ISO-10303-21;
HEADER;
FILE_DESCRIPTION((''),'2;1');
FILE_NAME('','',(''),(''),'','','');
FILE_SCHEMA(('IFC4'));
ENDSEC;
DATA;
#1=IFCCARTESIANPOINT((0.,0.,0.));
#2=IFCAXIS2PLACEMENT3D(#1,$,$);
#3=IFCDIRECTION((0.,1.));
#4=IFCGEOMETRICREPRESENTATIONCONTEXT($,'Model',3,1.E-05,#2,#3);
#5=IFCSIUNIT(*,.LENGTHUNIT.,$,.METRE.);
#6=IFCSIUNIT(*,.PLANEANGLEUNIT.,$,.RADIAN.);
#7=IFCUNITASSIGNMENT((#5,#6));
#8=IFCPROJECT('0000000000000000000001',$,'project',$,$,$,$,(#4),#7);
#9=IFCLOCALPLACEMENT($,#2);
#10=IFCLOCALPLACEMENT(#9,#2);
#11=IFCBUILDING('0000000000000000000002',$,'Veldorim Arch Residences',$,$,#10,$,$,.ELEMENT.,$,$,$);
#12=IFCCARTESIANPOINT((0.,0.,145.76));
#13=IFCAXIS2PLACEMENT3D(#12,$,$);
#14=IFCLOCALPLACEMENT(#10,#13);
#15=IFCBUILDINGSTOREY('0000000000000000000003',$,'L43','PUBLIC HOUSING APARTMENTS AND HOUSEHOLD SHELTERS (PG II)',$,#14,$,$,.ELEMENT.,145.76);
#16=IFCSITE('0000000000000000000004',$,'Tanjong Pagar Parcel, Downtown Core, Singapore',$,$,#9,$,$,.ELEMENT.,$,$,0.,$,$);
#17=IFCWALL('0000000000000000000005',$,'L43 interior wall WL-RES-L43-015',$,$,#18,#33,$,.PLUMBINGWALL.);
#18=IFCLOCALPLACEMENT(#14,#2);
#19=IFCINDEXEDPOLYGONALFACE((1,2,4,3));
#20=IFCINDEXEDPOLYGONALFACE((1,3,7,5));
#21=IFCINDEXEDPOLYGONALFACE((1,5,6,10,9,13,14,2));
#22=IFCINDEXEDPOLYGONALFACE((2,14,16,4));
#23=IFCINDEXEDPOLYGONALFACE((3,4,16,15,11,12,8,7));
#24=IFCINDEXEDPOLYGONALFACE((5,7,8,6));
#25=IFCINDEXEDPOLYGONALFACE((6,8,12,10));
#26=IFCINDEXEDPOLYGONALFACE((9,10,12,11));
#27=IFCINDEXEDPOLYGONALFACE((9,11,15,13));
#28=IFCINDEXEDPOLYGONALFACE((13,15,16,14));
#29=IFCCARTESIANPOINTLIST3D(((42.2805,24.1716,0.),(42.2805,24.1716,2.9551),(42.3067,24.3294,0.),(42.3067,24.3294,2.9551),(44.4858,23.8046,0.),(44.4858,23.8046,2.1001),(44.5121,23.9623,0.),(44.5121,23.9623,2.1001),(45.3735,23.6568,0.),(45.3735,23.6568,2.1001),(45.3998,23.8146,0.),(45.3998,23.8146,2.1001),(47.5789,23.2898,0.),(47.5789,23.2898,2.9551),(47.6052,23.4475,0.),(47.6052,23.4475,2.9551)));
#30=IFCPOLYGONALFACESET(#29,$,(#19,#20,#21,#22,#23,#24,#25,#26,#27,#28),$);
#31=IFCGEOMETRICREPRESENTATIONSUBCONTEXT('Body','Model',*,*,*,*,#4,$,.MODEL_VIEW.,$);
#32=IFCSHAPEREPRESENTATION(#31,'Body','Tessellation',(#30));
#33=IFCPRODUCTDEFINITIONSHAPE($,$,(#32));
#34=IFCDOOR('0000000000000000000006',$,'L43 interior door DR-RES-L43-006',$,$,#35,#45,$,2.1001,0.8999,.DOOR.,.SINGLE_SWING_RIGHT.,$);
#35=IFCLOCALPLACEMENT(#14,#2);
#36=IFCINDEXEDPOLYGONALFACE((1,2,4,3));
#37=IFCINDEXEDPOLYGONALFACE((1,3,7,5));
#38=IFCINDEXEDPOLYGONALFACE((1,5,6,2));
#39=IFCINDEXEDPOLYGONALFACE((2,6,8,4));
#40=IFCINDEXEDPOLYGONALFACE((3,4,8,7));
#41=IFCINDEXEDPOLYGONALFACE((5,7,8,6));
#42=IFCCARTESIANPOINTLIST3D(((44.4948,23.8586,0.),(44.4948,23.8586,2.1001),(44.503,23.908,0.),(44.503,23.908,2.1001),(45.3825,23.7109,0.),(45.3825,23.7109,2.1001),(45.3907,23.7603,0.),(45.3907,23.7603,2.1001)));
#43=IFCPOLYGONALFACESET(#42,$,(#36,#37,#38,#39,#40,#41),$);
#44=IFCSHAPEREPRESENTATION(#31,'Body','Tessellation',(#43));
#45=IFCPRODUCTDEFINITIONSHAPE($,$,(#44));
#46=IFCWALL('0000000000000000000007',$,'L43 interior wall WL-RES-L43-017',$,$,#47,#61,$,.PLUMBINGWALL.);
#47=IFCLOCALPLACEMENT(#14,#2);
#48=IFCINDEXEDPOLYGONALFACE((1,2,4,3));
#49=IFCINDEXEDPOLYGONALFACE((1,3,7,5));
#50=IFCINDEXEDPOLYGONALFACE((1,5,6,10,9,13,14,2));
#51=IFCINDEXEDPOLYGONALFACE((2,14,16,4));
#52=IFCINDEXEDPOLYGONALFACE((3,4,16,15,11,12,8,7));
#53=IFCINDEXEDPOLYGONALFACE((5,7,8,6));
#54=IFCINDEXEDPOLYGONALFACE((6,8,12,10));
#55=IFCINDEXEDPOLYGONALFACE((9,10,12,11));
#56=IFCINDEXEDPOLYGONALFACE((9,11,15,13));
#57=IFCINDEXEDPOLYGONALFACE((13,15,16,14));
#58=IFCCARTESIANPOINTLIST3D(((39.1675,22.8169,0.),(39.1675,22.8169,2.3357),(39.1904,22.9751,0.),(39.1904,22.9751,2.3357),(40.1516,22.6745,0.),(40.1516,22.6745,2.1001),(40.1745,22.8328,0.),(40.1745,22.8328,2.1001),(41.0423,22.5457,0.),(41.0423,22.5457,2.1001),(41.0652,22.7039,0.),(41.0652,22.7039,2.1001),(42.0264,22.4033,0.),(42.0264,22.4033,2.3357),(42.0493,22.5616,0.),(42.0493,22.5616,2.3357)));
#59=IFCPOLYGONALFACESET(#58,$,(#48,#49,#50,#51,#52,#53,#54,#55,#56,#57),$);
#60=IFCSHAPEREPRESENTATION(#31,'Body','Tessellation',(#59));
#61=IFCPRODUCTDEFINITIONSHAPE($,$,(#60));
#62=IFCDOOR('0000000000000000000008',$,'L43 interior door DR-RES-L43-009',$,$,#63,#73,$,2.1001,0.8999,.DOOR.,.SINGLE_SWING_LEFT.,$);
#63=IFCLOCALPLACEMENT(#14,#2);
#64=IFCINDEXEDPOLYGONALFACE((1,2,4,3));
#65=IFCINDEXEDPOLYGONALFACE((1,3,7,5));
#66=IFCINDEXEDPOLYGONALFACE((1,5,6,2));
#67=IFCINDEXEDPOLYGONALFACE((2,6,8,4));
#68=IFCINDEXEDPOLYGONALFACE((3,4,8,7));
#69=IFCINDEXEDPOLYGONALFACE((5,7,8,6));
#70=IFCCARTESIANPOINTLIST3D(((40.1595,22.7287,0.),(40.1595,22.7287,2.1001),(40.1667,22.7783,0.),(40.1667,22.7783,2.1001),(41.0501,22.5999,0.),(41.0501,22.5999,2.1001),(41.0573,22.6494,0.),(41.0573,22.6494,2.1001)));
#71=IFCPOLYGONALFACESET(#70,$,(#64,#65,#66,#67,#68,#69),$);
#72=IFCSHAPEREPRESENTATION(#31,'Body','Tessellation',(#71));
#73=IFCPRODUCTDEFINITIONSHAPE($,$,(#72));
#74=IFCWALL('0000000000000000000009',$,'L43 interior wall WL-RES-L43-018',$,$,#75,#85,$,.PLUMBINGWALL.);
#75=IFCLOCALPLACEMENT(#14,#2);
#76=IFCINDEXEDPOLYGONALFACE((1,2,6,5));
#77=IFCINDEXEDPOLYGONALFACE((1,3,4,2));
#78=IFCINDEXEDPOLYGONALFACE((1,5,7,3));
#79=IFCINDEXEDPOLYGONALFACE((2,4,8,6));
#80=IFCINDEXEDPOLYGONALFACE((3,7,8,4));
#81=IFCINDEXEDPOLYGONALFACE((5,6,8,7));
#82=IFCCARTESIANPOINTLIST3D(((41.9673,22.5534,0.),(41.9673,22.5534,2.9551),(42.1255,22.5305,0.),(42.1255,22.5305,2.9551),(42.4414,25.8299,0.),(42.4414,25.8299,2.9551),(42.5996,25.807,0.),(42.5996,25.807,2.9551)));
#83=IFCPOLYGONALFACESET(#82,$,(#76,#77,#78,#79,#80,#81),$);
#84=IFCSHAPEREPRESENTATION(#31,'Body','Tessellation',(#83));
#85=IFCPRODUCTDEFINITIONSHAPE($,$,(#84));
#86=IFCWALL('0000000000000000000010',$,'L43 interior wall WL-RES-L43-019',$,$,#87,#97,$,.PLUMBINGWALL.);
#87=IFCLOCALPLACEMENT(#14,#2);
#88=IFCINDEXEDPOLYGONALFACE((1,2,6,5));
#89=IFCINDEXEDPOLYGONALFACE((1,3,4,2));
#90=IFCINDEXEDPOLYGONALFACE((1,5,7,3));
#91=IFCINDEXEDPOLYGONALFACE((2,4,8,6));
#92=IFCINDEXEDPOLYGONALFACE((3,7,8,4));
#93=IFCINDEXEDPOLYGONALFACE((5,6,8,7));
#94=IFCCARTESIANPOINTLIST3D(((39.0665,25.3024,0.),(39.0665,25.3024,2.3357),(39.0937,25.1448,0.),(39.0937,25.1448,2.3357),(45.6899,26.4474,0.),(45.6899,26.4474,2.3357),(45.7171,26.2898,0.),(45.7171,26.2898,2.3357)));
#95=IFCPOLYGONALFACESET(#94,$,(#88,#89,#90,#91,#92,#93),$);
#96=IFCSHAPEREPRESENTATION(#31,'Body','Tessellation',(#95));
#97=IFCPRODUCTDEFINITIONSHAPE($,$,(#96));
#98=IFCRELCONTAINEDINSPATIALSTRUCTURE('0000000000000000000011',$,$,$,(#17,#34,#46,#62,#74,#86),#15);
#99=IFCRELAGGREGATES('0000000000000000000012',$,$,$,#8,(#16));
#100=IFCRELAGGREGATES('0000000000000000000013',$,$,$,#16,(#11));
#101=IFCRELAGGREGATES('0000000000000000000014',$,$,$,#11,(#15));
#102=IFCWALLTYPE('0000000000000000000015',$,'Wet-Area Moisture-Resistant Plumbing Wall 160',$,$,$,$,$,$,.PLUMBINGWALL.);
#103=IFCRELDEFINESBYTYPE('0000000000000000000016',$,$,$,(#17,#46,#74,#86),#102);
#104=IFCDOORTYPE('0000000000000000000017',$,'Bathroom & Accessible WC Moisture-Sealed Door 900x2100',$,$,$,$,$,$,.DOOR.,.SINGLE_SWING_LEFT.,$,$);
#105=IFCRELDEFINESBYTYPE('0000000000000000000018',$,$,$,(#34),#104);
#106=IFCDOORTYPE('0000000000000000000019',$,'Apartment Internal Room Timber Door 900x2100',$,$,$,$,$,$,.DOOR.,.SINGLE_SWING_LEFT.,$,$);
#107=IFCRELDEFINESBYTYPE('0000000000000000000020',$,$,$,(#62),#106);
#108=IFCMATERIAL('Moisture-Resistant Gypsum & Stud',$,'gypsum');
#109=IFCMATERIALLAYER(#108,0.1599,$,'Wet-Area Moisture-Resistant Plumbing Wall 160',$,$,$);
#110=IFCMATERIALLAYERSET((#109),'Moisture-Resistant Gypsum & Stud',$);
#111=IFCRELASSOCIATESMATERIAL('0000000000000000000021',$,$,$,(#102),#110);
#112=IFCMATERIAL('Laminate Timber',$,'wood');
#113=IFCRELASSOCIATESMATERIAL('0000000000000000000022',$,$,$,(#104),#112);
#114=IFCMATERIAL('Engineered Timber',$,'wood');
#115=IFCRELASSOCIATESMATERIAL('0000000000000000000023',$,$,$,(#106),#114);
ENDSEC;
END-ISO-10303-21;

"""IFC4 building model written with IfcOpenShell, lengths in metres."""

from ifc_helpers import new_model, si_unit, direction, frame, frame_2d, origin, place, context, subcontext, project, spatial, rectangle, extrude, material, layer, layer_set, type_object, element, fill, save


model = new_model("IFC4")

# Units and contexts
model_context = context("Model", 3, precision=1e-05, world=origin(), true_north=direction((0.0, 1.0)))
body_context = subcontext(model_context, "Body", "Model", "MODEL_VIEW")
ifc_project = project(units=[si_unit("LENGTHUNIT", "METRE"), si_unit("PLANEANGLEUNIT", "RADIAN")], contexts=[model_context])

# Site, building, storey
site_placement = place(None, origin())
site = spatial("IfcSite", under=ifc_project, at=site_placement, Name="Tanjong Pagar Parcel, Downtown Core, Singapore", CompositionType="ELEMENT", RefElevation=0.0)
building_placement = place(site_placement, origin())
building = spatial("IfcBuilding", under=site, at=building_placement, Name="Veldorim Arch Residences", CompositionType="ELEMENT")
storey_placement = place(building_placement, frame((0.0, 0.0, 145.76)))
storey = spatial("IfcBuildingStorey", under=building, at=storey_placement, Name="L43", Description="PUBLIC HOUSING APARTMENTS AND HOUSEHOLD SHELTERS (PG II)", CompositionType="ELEMENT", Elevation=145.76)

# Walls, openings, doors
ifc_material_1 = material(Name="Moisture-Resistant Gypsum & Stud", Category="gypsum")
ifc_layer_1 = layer(ifc_material_1, 0.1599, Name="Wet-Area Moisture-Resistant Plumbing Wall 160")
ifc_layer_set_1 = layer_set([ifc_layer_1], Name="Moisture-Resistant Gypsum & Stud")
wall_type_1 = type_object("IfcWallType", Name="Wet-Area Moisture-Resistant Plumbing Wall 160", PredefinedType="PLUMBINGWALL", material=ifc_layer_set_1)
wall_1_placement = place(storey_placement, frame((42.2937, 24.2505, 0.0), z_axis=(0.0, 0.0, 1.0), x_axis=(0.986431, -0.164178, 0.0)))
wall_1 = element("IfcWall", 1, at=wall_1_placement, inside=storey, type_object=wall_type_1, Name="L43 interior wall WL-RES-L43-015", PredefinedType="PLUMBINGWALL", context=body_context, shape_type="SweptSolid", body=[
    extrude(rectangle(XDim=5.3713, YDim=0.1599, at=frame_2d((2.6855, 0.0))), origin(), (0.0, 0.0, 1.0), 2.9551),
])
opening_1_placement = place(wall_1_placement, frame((2.2356, 0.0, 0.0)))
opening_1 = element("IfcOpeningElement", 2, at=opening_1_placement, cuts=wall_1, PredefinedType="OPENING", context=body_context, shape_type="SweptSolid", body=[
    extrude(rectangle(XDim=0.8999, YDim=2.1001, at=frame_2d((0.45, 1.05))), frame((0.0, 0.0898, 0.0), z_axis=(0.0, -1.0, 0.0), x_axis=(1.0, 0.0, 0.0)), (0.0, 0.0, 1.0), 0.1799),
])
ifc_material_2 = material(Name="Laminate Timber", Category="wood")
door_type_1 = type_object("IfcDoorType", Name="Bathroom & Accessible WC Moisture-Sealed Door 900x2100", OperationType="SINGLE_SWING_LEFT", PredefinedType="DOOR", material=ifc_material_2)
door_1_placement = place(opening_1_placement, origin())
door_1 = element("IfcDoor", 3, at=door_1_placement, inside=storey, type_object=door_type_1, Name="L43 interior door DR-RES-L43-006", OperationType="SINGLE_SWING_RIGHT", OverallHeight=2.1001, OverallWidth=0.8999, PredefinedType="DOOR", context=body_context, shape_type="SweptSolid", body=[
    extrude(rectangle(XDim=0.8999, YDim=2.1001, at=frame_2d((0.45, 1.05))), frame((0.0, 0.0249, 0.0), z_axis=(0.0, -1.0, 0.0), x_axis=(1.0, 0.0, 0.0)), (0.0, 0.0, 1.0), 0.05),
])
fill(opening_1, door_1)
wall_2_placement = place(storey_placement, frame((39.179, 22.896, 0.0), z_axis=(0.0, 0.0, 1.0), x_axis=(0.989698, -0.143172, 0.0)))
wall_2 = element("IfcWall", 4, at=wall_2_placement, inside=storey, type_object=wall_type_1, Name="L43 interior wall WL-RES-L43-017", PredefinedType="PLUMBINGWALL", context=body_context, shape_type="SweptSolid", body=[
    extrude(rectangle(XDim=2.8887, YDim=0.1599, at=frame_2d((1.4443, 0.0))), origin(), (0.0, 0.0, 1.0), 2.3357),
])
opening_2_placement = place(wall_2_placement, frame((0.9944, 0.0, 0.0)))
opening_2 = element("IfcOpeningElement", 5, at=opening_2_placement, cuts=wall_2, PredefinedType="OPENING", context=body_context, shape_type="SweptSolid", body=[
    extrude(rectangle(XDim=0.8999, YDim=2.1001, at=frame_2d((0.45, 1.05))), frame((0.0, 0.0898, 0.0), z_axis=(0.0, -1.0, 0.0), x_axis=(1.0, 0.0, 0.0)), (0.0, 0.0, 1.0), 0.1799),
])
ifc_material_3 = material(Name="Engineered Timber", Category="wood")
door_type_2 = type_object("IfcDoorType", Name="Apartment Internal Room Timber Door 900x2100", OperationType="SINGLE_SWING_LEFT", PredefinedType="DOOR", material=ifc_material_3)
door_2_placement = place(opening_2_placement, origin())
door_2 = element("IfcDoor", 6, at=door_2_placement, inside=storey, type_object=door_type_2, Name="L43 interior door DR-RES-L43-009", OperationType="SINGLE_SWING_LEFT", OverallHeight=2.1001, OverallWidth=0.8999, PredefinedType="DOOR", context=body_context, shape_type="SweptSolid", body=[
    extrude(rectangle(XDim=0.8999, YDim=2.1001, at=frame_2d((0.45, 1.05))), frame((0.0, 0.0249, 0.0), z_axis=(0.0, -1.0, 0.0), x_axis=(1.0, 0.0, 0.0)), (0.0, 0.0, 1.0), 0.05),
])
fill(opening_2, door_2)

# Walls
wall_3_placement = place(storey_placement, frame((42.0464, 22.542, 0.0), z_axis=(0.0, 0.0, 1.0), x_axis=(0.143218, 0.989691, 0.0)))
element("IfcWall", 7, at=wall_3_placement, inside=storey, type_object=wall_type_1, Name="L43 interior wall WL-RES-L43-018", PredefinedType="PLUMBINGWALL", context=body_context, shape_type="SweptSolid", body=[
    extrude(rectangle(XDim=3.3105, YDim=0.1599, at=frame_2d((1.6553, 0.0))), origin(), (0.0, 0.0, 1.0), 2.9551),
])
wall_4_placement = place(storey_placement, frame((39.0801, 25.2236, 0.0), z_axis=(0.0, 0.0, 1.0), x_axis=(0.985385, 0.170345, 0.0)))
element("IfcWall", 8, at=wall_4_placement, inside=storey, type_object=wall_type_1, Name="L43 interior wall WL-RES-L43-019", PredefinedType="PLUMBINGWALL", context=body_context, shape_type="SweptSolid", body=[
    extrude(rectangle(XDim=6.7217, YDim=0.1599, at=frame_2d((3.3608, 0.0))), origin(), (0.0, 0.0, 1.0), 2.3357),
])

save(model, "model.ifc")
